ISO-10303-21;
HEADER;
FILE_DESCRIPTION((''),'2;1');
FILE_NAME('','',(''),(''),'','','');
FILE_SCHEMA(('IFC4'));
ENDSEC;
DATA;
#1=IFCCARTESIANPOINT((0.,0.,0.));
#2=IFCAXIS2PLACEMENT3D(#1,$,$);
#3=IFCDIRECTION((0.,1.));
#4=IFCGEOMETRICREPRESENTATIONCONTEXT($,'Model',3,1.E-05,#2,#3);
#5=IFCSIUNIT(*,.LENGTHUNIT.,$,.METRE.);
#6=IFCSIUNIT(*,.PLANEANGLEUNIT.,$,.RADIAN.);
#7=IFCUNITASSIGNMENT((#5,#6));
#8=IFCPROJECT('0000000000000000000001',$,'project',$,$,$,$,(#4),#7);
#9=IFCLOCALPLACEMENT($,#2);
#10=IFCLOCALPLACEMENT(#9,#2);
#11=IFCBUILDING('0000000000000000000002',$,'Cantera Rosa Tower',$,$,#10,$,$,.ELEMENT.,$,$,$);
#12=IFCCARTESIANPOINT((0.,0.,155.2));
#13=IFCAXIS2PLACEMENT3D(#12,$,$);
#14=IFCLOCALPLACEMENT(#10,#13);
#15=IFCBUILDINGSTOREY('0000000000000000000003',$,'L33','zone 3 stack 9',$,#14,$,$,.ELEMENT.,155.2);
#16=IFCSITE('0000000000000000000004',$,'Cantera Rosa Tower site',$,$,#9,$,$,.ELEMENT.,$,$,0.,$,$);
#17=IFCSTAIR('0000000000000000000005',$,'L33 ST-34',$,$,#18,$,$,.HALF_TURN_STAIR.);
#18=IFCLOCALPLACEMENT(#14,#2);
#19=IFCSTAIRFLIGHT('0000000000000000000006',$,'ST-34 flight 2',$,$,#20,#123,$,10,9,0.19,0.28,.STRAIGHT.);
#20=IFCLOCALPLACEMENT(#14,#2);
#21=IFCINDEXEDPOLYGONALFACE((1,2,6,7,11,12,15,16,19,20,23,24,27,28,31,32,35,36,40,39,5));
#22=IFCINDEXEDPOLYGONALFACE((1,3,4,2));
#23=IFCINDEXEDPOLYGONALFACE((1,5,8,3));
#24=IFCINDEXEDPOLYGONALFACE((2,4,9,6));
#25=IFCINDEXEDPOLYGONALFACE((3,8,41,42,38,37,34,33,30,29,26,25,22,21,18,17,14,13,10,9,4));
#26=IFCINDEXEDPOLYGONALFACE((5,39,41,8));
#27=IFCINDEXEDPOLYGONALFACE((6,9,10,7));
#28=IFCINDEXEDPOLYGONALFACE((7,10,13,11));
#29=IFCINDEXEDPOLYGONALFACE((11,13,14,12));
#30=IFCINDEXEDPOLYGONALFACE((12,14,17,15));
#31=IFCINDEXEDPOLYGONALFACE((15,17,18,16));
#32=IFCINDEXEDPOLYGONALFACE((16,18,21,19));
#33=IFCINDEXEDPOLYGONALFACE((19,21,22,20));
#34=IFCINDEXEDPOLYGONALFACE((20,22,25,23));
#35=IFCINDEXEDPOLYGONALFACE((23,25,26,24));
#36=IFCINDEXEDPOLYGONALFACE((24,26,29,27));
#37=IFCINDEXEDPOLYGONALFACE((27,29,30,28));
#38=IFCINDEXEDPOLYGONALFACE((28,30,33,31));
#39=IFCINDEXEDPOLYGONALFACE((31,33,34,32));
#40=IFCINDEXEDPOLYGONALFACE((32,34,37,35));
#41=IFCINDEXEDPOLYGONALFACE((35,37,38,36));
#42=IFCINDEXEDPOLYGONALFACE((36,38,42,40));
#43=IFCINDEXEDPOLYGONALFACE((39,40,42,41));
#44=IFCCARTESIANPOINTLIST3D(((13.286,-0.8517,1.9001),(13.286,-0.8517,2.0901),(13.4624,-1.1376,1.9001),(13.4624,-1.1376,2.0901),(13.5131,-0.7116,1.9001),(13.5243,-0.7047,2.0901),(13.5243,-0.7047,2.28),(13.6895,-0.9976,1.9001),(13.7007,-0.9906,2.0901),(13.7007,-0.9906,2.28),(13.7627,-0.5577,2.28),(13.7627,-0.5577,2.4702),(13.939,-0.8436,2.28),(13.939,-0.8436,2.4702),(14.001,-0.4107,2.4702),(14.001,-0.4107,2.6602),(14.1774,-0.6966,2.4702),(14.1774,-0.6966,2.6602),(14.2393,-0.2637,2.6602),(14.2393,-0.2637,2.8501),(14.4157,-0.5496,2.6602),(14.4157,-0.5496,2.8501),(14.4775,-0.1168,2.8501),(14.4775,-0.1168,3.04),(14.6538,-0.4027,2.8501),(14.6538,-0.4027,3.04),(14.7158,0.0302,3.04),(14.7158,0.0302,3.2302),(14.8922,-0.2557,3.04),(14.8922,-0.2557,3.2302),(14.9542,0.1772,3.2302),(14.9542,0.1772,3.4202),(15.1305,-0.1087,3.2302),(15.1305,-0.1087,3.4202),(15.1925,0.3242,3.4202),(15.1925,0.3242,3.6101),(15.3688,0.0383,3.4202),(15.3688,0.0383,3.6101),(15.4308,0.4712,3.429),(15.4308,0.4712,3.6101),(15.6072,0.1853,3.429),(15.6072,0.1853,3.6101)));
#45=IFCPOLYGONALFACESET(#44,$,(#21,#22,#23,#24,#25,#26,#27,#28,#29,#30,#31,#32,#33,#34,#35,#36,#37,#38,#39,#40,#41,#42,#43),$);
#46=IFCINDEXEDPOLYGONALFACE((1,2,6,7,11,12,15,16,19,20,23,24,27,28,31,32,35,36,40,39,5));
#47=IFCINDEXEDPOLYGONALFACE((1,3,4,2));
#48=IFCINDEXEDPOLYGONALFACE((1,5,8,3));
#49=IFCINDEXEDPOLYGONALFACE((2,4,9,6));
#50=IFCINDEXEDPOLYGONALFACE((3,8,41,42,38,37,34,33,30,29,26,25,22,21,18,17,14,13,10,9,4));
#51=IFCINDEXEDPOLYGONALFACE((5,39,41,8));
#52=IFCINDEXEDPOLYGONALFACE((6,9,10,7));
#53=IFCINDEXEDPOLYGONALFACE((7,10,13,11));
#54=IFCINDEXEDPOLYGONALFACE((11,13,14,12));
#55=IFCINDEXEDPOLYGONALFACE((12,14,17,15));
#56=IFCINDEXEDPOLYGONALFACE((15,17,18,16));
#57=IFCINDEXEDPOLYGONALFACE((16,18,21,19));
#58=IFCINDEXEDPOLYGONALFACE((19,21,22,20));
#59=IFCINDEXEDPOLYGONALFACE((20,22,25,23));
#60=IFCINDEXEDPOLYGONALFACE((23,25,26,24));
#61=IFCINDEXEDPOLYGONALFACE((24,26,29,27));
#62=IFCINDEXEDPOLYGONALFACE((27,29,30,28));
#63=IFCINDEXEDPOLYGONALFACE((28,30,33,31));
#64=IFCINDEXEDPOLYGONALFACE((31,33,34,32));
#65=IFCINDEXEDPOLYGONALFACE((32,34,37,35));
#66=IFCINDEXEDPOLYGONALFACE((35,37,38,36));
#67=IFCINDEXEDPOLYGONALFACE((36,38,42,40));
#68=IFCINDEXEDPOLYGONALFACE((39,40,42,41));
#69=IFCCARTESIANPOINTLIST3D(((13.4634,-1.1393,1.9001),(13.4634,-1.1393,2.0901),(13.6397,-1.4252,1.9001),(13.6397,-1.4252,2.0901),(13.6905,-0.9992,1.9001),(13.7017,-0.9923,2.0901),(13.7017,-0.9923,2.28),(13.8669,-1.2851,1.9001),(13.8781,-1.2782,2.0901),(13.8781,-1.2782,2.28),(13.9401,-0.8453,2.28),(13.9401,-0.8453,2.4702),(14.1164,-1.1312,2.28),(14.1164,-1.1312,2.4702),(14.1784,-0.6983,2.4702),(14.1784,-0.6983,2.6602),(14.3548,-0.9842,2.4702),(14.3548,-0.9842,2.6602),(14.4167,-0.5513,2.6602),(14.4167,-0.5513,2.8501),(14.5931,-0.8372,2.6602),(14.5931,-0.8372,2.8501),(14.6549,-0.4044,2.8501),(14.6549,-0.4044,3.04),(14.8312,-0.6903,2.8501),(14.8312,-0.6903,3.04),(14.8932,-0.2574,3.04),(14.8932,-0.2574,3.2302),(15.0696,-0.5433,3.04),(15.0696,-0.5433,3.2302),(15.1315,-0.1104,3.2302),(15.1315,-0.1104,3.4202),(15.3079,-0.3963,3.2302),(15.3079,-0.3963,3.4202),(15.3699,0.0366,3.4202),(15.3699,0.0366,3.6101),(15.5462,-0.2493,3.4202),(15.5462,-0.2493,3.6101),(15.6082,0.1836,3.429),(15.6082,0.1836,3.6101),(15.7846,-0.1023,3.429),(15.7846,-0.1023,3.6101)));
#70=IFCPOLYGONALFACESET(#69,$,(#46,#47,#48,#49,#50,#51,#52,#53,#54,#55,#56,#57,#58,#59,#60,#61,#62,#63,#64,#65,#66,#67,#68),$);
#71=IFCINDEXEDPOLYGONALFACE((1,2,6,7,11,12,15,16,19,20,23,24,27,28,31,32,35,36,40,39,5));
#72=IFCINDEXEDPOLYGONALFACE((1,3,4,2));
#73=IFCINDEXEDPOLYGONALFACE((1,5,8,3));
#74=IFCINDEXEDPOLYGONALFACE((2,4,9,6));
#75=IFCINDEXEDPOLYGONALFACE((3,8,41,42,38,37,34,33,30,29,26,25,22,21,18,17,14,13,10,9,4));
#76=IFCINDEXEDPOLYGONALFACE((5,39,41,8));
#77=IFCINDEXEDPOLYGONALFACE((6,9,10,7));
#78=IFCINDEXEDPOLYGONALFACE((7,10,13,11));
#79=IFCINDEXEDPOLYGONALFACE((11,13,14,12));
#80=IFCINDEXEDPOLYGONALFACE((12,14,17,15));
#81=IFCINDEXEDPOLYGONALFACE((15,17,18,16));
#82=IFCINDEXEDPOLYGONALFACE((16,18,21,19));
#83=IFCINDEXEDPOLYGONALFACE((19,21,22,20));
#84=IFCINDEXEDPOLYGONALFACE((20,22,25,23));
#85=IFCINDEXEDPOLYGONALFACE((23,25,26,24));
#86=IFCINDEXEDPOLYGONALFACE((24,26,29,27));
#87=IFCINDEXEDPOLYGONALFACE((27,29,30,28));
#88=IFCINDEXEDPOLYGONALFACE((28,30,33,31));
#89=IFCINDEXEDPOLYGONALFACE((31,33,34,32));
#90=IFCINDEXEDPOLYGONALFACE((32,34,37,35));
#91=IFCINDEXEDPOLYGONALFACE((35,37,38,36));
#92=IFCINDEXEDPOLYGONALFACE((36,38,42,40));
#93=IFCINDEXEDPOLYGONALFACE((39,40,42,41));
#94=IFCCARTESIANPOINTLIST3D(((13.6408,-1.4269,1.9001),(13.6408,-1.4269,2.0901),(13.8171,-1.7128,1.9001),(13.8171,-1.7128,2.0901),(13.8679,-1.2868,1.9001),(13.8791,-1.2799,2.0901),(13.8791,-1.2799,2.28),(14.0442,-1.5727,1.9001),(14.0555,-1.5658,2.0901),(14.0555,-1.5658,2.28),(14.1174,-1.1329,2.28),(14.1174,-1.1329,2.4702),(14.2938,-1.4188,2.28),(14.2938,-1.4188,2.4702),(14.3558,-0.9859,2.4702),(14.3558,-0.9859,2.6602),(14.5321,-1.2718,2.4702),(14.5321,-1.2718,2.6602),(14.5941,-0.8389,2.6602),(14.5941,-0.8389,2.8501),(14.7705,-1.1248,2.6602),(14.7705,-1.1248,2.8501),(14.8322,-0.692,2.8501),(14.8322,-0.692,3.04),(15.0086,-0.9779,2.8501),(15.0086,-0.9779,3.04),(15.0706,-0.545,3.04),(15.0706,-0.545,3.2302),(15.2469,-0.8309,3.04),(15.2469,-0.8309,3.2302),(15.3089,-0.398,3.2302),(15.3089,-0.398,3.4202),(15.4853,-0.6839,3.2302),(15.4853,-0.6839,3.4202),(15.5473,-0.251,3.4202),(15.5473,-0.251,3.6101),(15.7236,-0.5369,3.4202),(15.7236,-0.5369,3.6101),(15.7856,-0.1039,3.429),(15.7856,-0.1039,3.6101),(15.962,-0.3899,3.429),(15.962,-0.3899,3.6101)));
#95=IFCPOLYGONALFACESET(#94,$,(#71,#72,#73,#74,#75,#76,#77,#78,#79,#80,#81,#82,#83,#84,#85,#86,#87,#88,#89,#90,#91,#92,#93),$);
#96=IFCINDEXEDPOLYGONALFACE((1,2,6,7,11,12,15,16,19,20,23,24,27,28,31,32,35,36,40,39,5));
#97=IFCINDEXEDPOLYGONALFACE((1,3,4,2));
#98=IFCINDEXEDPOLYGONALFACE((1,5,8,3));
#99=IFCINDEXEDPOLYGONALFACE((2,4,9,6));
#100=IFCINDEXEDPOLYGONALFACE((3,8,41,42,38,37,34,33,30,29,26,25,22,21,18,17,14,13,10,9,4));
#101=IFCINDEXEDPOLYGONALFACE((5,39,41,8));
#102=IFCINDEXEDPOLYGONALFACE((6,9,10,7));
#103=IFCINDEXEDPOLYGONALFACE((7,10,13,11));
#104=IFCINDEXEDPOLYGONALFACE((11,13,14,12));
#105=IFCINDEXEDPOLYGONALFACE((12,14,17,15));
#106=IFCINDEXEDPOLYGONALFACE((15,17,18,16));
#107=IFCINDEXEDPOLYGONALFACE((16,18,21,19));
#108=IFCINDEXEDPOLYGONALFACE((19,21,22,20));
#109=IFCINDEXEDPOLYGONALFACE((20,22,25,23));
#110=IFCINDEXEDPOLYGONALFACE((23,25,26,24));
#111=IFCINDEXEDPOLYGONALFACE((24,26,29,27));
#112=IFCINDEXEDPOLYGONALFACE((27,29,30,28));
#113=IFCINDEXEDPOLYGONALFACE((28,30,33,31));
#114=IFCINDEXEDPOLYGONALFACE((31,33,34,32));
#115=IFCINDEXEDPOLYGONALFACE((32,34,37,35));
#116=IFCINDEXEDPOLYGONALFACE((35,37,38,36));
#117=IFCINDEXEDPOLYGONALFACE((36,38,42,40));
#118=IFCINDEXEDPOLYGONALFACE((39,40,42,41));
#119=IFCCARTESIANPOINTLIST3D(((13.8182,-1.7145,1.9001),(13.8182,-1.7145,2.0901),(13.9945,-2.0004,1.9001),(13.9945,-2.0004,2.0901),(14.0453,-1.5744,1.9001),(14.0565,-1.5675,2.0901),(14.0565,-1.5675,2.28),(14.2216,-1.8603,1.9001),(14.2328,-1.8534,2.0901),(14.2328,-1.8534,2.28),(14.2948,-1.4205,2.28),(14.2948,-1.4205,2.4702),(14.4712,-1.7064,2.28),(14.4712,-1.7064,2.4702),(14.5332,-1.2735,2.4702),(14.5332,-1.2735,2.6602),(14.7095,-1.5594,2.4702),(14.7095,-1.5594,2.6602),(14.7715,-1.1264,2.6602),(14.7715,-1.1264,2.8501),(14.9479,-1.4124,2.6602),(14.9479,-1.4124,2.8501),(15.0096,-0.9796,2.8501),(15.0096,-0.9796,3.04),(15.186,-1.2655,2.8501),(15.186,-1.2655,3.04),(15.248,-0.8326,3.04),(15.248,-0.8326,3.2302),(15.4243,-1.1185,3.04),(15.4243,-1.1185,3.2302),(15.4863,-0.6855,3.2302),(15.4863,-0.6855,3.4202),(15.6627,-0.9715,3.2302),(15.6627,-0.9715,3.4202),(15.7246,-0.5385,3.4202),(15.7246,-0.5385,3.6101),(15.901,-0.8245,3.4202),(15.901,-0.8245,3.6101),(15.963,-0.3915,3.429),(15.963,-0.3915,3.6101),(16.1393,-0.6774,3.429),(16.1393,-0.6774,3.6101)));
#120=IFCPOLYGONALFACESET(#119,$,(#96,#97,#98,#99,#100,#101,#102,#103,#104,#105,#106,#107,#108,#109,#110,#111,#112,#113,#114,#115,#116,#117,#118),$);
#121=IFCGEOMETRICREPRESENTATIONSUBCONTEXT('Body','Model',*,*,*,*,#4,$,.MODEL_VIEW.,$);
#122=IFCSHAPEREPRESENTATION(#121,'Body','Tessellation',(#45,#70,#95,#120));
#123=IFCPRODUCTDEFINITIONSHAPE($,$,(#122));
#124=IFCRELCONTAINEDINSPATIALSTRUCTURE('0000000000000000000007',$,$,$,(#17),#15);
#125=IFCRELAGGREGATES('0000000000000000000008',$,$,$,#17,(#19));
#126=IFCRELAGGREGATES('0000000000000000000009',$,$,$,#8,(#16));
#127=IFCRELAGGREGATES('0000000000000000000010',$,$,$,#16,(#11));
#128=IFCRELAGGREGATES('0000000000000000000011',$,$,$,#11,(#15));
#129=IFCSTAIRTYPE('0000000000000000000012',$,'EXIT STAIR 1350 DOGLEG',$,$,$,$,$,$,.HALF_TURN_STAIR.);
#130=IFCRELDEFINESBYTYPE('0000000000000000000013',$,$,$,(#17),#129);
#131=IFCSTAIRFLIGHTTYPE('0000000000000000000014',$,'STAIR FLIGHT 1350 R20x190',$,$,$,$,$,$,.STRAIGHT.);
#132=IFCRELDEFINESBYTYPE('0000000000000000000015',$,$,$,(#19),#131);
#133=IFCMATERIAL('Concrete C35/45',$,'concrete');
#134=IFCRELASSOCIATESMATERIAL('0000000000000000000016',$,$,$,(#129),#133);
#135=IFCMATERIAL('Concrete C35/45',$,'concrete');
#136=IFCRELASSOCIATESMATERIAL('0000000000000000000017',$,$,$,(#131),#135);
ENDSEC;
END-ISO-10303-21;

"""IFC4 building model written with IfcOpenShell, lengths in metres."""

from ifc_helpers import new_model, si_unit, direction, frame, origin, place, context, subcontext, project, spatial, polyline, outline, extrude, material, type_object, element, aggregate, save


model = new_model("IFC4")

# Units and contexts
model_context = context("Model", 3, precision=1e-05, world=origin(), true_north=direction((0.0, 1.0)))
body_context = subcontext(model_context, "Body", "Model", "MODEL_VIEW")
ifc_project = project(units=[si_unit("LENGTHUNIT", "METRE"), si_unit("PLANEANGLEUNIT", "RADIAN")], contexts=[model_context])

# Site, building, storey
site_placement = place(None, origin())
site = spatial("IfcSite", under=ifc_project, at=site_placement, Name="Cantera Rosa Tower site", CompositionType="ELEMENT", RefElevation=0.0)
building_placement = place(site_placement, origin())
building = spatial("IfcBuilding", under=site, at=building_placement, Name="Cantera Rosa Tower", CompositionType="ELEMENT")
storey_placement = place(building_placement, frame((0.0, 0.0, 155.2)))
storey = spatial("IfcBuildingStorey", under=building, at=storey_placement, Name="L33", Description="zone 3 stack 9", CompositionType="ELEMENT", Elevation=155.2)

# Stair, stair flight
ifc_material_1 = material(Name="Concrete C35/45", Category="concrete")
stair_type = type_object("IfcStairType", Name="EXIT STAIR 1350 DOGLEG", PredefinedType="HALF_TURN_STAIR", material=ifc_material_1)
stair_placement = place(storey_placement, origin())
stair = element("IfcStair", 1, at=stair_placement, inside=storey, type_object=stair_type, Name="L33 ST-34", PredefinedType="HALF_TURN_STAIR")
ifc_material_2 = material(Name="Concrete C35/45", Category="concrete")
stair_flight_type = type_object("IfcStairFlightType", Name="STAIR FLIGHT 1350 R20x190", PredefinedType="STRAIGHT", material=ifc_material_2)
stair_flight_placement = place(storey_placement, frame((13.6404, -1.4263, 1.9001), z_axis=(0.0, 0.0, 1.0), x_axis=(0.851117, 0.524977, 0.0)))
stair_flight = element("IfcStairFlight", 2, at=stair_flight_placement, type_object=stair_flight_type, Name="ST-34 flight 2", NumberOfRisers=10, NumberOfTreads=9, PredefinedType="STRAIGHT", RiserHeight=0.19, TreadLength=0.28, context=body_context, shape_type="SweptSolid", body=[
    extrude(outline(polyline([(0.0, 0.0), (0.0, 0.1899), (0.28, 0.1899), (0.28, 0.3799), (0.5601, 0.3799), (0.5601, 0.5701), (0.8401, 0.5701), (0.8401, 0.76), (1.1201, 0.76), (1.1201, 0.95), (1.3999, 0.95), (1.3999, 1.1399), (1.6799, 1.1399), (1.6799, 1.3301), (1.96, 1.3301), (1.96, 1.52), (2.24, 1.52), (2.24, 1.71), (2.52, 1.71), (2.52, 1.8999), (2.52, 1.5288), (0.2668, 0.0), (0.0, 0.0)])), frame((0.0, 0.675, 0.0), z_axis=(0.0, -1.0, 0.0), x_axis=(1.0, 0.0, 0.0)), (0.0, 0.0, 1.0), 0.3359),
    extrude(outline(polyline([(0.0, 0.0), (0.0, 0.1899), (0.28, 0.1899), (0.28, 0.3799), (0.5601, 0.3799), (0.5601, 0.5701), (0.8401, 0.5701), (0.8401, 0.76), (1.1201, 0.76), (1.1201, 0.95), (1.3999, 0.95), (1.3999, 1.1399), (1.6799, 1.1399), (1.6799, 1.3301), (1.96, 1.3301), (1.96, 1.52), (2.24, 1.52), (2.24, 1.71), (2.52, 1.71), (2.52, 1.8999), (2.52, 1.5288), (0.2668, 0.0), (0.0, 0.0)])), frame((0.0, 0.3372, 0.0), z_axis=(0.0, -1.0, 0.0), x_axis=(1.0, 0.0, 0.0)), (0.0, 0.0, 1.0), 0.3359),
    extrude(outline(polyline([(0.0, 0.0), (0.0, 0.1899), (0.28, 0.1899), (0.28, 0.3799), (0.5601, 0.3799), (0.5601, 0.5701), (0.8401, 0.5701), (0.8401, 0.76), (1.1201, 0.76), (1.1201, 0.95), (1.3999, 0.95), (1.3999, 1.1399), (1.6799, 1.1399), (1.6799, 1.3301), (1.96, 1.3301), (1.96, 1.52), (2.24, 1.52), (2.24, 1.71), (2.52, 1.71), (2.52, 1.8999), (2.52, 1.5288), (0.2668, 0.0), (0.0, 0.0)])), frame((0.0, -0.0007, 0.0), z_axis=(0.0, -1.0, 0.0), x_axis=(1.0, 0.0, 0.0)), (0.0, 0.0, 1.0), 0.3359),
    extrude(outline(polyline([(0.0, 0.0), (0.0, 0.1899), (0.28, 0.1899), (0.28, 0.3799), (0.5601, 0.3799), (0.5601, 0.5701), (0.8401, 0.5701), (0.8401, 0.76), (1.1201, 0.76), (1.1201, 0.95), (1.3999, 0.95), (1.3999, 1.1399), (1.6799, 1.1399), (1.6799, 1.3301), (1.96, 1.3301), (1.96, 1.52), (2.24, 1.52), (2.24, 1.71), (2.52, 1.71), (2.52, 1.8999), (2.52, 1.5288), (0.2668, 0.0), (0.0, 0.0)])), frame((0.0, -0.3386, 0.0), z_axis=(0.0, -1.0, 0.0), x_axis=(1.0, 0.0, 0.0)), (0.0, 0.0, 1.0), 0.3359),
])
aggregate(stair, [stair_flight])

save(model, "model.ifc")
